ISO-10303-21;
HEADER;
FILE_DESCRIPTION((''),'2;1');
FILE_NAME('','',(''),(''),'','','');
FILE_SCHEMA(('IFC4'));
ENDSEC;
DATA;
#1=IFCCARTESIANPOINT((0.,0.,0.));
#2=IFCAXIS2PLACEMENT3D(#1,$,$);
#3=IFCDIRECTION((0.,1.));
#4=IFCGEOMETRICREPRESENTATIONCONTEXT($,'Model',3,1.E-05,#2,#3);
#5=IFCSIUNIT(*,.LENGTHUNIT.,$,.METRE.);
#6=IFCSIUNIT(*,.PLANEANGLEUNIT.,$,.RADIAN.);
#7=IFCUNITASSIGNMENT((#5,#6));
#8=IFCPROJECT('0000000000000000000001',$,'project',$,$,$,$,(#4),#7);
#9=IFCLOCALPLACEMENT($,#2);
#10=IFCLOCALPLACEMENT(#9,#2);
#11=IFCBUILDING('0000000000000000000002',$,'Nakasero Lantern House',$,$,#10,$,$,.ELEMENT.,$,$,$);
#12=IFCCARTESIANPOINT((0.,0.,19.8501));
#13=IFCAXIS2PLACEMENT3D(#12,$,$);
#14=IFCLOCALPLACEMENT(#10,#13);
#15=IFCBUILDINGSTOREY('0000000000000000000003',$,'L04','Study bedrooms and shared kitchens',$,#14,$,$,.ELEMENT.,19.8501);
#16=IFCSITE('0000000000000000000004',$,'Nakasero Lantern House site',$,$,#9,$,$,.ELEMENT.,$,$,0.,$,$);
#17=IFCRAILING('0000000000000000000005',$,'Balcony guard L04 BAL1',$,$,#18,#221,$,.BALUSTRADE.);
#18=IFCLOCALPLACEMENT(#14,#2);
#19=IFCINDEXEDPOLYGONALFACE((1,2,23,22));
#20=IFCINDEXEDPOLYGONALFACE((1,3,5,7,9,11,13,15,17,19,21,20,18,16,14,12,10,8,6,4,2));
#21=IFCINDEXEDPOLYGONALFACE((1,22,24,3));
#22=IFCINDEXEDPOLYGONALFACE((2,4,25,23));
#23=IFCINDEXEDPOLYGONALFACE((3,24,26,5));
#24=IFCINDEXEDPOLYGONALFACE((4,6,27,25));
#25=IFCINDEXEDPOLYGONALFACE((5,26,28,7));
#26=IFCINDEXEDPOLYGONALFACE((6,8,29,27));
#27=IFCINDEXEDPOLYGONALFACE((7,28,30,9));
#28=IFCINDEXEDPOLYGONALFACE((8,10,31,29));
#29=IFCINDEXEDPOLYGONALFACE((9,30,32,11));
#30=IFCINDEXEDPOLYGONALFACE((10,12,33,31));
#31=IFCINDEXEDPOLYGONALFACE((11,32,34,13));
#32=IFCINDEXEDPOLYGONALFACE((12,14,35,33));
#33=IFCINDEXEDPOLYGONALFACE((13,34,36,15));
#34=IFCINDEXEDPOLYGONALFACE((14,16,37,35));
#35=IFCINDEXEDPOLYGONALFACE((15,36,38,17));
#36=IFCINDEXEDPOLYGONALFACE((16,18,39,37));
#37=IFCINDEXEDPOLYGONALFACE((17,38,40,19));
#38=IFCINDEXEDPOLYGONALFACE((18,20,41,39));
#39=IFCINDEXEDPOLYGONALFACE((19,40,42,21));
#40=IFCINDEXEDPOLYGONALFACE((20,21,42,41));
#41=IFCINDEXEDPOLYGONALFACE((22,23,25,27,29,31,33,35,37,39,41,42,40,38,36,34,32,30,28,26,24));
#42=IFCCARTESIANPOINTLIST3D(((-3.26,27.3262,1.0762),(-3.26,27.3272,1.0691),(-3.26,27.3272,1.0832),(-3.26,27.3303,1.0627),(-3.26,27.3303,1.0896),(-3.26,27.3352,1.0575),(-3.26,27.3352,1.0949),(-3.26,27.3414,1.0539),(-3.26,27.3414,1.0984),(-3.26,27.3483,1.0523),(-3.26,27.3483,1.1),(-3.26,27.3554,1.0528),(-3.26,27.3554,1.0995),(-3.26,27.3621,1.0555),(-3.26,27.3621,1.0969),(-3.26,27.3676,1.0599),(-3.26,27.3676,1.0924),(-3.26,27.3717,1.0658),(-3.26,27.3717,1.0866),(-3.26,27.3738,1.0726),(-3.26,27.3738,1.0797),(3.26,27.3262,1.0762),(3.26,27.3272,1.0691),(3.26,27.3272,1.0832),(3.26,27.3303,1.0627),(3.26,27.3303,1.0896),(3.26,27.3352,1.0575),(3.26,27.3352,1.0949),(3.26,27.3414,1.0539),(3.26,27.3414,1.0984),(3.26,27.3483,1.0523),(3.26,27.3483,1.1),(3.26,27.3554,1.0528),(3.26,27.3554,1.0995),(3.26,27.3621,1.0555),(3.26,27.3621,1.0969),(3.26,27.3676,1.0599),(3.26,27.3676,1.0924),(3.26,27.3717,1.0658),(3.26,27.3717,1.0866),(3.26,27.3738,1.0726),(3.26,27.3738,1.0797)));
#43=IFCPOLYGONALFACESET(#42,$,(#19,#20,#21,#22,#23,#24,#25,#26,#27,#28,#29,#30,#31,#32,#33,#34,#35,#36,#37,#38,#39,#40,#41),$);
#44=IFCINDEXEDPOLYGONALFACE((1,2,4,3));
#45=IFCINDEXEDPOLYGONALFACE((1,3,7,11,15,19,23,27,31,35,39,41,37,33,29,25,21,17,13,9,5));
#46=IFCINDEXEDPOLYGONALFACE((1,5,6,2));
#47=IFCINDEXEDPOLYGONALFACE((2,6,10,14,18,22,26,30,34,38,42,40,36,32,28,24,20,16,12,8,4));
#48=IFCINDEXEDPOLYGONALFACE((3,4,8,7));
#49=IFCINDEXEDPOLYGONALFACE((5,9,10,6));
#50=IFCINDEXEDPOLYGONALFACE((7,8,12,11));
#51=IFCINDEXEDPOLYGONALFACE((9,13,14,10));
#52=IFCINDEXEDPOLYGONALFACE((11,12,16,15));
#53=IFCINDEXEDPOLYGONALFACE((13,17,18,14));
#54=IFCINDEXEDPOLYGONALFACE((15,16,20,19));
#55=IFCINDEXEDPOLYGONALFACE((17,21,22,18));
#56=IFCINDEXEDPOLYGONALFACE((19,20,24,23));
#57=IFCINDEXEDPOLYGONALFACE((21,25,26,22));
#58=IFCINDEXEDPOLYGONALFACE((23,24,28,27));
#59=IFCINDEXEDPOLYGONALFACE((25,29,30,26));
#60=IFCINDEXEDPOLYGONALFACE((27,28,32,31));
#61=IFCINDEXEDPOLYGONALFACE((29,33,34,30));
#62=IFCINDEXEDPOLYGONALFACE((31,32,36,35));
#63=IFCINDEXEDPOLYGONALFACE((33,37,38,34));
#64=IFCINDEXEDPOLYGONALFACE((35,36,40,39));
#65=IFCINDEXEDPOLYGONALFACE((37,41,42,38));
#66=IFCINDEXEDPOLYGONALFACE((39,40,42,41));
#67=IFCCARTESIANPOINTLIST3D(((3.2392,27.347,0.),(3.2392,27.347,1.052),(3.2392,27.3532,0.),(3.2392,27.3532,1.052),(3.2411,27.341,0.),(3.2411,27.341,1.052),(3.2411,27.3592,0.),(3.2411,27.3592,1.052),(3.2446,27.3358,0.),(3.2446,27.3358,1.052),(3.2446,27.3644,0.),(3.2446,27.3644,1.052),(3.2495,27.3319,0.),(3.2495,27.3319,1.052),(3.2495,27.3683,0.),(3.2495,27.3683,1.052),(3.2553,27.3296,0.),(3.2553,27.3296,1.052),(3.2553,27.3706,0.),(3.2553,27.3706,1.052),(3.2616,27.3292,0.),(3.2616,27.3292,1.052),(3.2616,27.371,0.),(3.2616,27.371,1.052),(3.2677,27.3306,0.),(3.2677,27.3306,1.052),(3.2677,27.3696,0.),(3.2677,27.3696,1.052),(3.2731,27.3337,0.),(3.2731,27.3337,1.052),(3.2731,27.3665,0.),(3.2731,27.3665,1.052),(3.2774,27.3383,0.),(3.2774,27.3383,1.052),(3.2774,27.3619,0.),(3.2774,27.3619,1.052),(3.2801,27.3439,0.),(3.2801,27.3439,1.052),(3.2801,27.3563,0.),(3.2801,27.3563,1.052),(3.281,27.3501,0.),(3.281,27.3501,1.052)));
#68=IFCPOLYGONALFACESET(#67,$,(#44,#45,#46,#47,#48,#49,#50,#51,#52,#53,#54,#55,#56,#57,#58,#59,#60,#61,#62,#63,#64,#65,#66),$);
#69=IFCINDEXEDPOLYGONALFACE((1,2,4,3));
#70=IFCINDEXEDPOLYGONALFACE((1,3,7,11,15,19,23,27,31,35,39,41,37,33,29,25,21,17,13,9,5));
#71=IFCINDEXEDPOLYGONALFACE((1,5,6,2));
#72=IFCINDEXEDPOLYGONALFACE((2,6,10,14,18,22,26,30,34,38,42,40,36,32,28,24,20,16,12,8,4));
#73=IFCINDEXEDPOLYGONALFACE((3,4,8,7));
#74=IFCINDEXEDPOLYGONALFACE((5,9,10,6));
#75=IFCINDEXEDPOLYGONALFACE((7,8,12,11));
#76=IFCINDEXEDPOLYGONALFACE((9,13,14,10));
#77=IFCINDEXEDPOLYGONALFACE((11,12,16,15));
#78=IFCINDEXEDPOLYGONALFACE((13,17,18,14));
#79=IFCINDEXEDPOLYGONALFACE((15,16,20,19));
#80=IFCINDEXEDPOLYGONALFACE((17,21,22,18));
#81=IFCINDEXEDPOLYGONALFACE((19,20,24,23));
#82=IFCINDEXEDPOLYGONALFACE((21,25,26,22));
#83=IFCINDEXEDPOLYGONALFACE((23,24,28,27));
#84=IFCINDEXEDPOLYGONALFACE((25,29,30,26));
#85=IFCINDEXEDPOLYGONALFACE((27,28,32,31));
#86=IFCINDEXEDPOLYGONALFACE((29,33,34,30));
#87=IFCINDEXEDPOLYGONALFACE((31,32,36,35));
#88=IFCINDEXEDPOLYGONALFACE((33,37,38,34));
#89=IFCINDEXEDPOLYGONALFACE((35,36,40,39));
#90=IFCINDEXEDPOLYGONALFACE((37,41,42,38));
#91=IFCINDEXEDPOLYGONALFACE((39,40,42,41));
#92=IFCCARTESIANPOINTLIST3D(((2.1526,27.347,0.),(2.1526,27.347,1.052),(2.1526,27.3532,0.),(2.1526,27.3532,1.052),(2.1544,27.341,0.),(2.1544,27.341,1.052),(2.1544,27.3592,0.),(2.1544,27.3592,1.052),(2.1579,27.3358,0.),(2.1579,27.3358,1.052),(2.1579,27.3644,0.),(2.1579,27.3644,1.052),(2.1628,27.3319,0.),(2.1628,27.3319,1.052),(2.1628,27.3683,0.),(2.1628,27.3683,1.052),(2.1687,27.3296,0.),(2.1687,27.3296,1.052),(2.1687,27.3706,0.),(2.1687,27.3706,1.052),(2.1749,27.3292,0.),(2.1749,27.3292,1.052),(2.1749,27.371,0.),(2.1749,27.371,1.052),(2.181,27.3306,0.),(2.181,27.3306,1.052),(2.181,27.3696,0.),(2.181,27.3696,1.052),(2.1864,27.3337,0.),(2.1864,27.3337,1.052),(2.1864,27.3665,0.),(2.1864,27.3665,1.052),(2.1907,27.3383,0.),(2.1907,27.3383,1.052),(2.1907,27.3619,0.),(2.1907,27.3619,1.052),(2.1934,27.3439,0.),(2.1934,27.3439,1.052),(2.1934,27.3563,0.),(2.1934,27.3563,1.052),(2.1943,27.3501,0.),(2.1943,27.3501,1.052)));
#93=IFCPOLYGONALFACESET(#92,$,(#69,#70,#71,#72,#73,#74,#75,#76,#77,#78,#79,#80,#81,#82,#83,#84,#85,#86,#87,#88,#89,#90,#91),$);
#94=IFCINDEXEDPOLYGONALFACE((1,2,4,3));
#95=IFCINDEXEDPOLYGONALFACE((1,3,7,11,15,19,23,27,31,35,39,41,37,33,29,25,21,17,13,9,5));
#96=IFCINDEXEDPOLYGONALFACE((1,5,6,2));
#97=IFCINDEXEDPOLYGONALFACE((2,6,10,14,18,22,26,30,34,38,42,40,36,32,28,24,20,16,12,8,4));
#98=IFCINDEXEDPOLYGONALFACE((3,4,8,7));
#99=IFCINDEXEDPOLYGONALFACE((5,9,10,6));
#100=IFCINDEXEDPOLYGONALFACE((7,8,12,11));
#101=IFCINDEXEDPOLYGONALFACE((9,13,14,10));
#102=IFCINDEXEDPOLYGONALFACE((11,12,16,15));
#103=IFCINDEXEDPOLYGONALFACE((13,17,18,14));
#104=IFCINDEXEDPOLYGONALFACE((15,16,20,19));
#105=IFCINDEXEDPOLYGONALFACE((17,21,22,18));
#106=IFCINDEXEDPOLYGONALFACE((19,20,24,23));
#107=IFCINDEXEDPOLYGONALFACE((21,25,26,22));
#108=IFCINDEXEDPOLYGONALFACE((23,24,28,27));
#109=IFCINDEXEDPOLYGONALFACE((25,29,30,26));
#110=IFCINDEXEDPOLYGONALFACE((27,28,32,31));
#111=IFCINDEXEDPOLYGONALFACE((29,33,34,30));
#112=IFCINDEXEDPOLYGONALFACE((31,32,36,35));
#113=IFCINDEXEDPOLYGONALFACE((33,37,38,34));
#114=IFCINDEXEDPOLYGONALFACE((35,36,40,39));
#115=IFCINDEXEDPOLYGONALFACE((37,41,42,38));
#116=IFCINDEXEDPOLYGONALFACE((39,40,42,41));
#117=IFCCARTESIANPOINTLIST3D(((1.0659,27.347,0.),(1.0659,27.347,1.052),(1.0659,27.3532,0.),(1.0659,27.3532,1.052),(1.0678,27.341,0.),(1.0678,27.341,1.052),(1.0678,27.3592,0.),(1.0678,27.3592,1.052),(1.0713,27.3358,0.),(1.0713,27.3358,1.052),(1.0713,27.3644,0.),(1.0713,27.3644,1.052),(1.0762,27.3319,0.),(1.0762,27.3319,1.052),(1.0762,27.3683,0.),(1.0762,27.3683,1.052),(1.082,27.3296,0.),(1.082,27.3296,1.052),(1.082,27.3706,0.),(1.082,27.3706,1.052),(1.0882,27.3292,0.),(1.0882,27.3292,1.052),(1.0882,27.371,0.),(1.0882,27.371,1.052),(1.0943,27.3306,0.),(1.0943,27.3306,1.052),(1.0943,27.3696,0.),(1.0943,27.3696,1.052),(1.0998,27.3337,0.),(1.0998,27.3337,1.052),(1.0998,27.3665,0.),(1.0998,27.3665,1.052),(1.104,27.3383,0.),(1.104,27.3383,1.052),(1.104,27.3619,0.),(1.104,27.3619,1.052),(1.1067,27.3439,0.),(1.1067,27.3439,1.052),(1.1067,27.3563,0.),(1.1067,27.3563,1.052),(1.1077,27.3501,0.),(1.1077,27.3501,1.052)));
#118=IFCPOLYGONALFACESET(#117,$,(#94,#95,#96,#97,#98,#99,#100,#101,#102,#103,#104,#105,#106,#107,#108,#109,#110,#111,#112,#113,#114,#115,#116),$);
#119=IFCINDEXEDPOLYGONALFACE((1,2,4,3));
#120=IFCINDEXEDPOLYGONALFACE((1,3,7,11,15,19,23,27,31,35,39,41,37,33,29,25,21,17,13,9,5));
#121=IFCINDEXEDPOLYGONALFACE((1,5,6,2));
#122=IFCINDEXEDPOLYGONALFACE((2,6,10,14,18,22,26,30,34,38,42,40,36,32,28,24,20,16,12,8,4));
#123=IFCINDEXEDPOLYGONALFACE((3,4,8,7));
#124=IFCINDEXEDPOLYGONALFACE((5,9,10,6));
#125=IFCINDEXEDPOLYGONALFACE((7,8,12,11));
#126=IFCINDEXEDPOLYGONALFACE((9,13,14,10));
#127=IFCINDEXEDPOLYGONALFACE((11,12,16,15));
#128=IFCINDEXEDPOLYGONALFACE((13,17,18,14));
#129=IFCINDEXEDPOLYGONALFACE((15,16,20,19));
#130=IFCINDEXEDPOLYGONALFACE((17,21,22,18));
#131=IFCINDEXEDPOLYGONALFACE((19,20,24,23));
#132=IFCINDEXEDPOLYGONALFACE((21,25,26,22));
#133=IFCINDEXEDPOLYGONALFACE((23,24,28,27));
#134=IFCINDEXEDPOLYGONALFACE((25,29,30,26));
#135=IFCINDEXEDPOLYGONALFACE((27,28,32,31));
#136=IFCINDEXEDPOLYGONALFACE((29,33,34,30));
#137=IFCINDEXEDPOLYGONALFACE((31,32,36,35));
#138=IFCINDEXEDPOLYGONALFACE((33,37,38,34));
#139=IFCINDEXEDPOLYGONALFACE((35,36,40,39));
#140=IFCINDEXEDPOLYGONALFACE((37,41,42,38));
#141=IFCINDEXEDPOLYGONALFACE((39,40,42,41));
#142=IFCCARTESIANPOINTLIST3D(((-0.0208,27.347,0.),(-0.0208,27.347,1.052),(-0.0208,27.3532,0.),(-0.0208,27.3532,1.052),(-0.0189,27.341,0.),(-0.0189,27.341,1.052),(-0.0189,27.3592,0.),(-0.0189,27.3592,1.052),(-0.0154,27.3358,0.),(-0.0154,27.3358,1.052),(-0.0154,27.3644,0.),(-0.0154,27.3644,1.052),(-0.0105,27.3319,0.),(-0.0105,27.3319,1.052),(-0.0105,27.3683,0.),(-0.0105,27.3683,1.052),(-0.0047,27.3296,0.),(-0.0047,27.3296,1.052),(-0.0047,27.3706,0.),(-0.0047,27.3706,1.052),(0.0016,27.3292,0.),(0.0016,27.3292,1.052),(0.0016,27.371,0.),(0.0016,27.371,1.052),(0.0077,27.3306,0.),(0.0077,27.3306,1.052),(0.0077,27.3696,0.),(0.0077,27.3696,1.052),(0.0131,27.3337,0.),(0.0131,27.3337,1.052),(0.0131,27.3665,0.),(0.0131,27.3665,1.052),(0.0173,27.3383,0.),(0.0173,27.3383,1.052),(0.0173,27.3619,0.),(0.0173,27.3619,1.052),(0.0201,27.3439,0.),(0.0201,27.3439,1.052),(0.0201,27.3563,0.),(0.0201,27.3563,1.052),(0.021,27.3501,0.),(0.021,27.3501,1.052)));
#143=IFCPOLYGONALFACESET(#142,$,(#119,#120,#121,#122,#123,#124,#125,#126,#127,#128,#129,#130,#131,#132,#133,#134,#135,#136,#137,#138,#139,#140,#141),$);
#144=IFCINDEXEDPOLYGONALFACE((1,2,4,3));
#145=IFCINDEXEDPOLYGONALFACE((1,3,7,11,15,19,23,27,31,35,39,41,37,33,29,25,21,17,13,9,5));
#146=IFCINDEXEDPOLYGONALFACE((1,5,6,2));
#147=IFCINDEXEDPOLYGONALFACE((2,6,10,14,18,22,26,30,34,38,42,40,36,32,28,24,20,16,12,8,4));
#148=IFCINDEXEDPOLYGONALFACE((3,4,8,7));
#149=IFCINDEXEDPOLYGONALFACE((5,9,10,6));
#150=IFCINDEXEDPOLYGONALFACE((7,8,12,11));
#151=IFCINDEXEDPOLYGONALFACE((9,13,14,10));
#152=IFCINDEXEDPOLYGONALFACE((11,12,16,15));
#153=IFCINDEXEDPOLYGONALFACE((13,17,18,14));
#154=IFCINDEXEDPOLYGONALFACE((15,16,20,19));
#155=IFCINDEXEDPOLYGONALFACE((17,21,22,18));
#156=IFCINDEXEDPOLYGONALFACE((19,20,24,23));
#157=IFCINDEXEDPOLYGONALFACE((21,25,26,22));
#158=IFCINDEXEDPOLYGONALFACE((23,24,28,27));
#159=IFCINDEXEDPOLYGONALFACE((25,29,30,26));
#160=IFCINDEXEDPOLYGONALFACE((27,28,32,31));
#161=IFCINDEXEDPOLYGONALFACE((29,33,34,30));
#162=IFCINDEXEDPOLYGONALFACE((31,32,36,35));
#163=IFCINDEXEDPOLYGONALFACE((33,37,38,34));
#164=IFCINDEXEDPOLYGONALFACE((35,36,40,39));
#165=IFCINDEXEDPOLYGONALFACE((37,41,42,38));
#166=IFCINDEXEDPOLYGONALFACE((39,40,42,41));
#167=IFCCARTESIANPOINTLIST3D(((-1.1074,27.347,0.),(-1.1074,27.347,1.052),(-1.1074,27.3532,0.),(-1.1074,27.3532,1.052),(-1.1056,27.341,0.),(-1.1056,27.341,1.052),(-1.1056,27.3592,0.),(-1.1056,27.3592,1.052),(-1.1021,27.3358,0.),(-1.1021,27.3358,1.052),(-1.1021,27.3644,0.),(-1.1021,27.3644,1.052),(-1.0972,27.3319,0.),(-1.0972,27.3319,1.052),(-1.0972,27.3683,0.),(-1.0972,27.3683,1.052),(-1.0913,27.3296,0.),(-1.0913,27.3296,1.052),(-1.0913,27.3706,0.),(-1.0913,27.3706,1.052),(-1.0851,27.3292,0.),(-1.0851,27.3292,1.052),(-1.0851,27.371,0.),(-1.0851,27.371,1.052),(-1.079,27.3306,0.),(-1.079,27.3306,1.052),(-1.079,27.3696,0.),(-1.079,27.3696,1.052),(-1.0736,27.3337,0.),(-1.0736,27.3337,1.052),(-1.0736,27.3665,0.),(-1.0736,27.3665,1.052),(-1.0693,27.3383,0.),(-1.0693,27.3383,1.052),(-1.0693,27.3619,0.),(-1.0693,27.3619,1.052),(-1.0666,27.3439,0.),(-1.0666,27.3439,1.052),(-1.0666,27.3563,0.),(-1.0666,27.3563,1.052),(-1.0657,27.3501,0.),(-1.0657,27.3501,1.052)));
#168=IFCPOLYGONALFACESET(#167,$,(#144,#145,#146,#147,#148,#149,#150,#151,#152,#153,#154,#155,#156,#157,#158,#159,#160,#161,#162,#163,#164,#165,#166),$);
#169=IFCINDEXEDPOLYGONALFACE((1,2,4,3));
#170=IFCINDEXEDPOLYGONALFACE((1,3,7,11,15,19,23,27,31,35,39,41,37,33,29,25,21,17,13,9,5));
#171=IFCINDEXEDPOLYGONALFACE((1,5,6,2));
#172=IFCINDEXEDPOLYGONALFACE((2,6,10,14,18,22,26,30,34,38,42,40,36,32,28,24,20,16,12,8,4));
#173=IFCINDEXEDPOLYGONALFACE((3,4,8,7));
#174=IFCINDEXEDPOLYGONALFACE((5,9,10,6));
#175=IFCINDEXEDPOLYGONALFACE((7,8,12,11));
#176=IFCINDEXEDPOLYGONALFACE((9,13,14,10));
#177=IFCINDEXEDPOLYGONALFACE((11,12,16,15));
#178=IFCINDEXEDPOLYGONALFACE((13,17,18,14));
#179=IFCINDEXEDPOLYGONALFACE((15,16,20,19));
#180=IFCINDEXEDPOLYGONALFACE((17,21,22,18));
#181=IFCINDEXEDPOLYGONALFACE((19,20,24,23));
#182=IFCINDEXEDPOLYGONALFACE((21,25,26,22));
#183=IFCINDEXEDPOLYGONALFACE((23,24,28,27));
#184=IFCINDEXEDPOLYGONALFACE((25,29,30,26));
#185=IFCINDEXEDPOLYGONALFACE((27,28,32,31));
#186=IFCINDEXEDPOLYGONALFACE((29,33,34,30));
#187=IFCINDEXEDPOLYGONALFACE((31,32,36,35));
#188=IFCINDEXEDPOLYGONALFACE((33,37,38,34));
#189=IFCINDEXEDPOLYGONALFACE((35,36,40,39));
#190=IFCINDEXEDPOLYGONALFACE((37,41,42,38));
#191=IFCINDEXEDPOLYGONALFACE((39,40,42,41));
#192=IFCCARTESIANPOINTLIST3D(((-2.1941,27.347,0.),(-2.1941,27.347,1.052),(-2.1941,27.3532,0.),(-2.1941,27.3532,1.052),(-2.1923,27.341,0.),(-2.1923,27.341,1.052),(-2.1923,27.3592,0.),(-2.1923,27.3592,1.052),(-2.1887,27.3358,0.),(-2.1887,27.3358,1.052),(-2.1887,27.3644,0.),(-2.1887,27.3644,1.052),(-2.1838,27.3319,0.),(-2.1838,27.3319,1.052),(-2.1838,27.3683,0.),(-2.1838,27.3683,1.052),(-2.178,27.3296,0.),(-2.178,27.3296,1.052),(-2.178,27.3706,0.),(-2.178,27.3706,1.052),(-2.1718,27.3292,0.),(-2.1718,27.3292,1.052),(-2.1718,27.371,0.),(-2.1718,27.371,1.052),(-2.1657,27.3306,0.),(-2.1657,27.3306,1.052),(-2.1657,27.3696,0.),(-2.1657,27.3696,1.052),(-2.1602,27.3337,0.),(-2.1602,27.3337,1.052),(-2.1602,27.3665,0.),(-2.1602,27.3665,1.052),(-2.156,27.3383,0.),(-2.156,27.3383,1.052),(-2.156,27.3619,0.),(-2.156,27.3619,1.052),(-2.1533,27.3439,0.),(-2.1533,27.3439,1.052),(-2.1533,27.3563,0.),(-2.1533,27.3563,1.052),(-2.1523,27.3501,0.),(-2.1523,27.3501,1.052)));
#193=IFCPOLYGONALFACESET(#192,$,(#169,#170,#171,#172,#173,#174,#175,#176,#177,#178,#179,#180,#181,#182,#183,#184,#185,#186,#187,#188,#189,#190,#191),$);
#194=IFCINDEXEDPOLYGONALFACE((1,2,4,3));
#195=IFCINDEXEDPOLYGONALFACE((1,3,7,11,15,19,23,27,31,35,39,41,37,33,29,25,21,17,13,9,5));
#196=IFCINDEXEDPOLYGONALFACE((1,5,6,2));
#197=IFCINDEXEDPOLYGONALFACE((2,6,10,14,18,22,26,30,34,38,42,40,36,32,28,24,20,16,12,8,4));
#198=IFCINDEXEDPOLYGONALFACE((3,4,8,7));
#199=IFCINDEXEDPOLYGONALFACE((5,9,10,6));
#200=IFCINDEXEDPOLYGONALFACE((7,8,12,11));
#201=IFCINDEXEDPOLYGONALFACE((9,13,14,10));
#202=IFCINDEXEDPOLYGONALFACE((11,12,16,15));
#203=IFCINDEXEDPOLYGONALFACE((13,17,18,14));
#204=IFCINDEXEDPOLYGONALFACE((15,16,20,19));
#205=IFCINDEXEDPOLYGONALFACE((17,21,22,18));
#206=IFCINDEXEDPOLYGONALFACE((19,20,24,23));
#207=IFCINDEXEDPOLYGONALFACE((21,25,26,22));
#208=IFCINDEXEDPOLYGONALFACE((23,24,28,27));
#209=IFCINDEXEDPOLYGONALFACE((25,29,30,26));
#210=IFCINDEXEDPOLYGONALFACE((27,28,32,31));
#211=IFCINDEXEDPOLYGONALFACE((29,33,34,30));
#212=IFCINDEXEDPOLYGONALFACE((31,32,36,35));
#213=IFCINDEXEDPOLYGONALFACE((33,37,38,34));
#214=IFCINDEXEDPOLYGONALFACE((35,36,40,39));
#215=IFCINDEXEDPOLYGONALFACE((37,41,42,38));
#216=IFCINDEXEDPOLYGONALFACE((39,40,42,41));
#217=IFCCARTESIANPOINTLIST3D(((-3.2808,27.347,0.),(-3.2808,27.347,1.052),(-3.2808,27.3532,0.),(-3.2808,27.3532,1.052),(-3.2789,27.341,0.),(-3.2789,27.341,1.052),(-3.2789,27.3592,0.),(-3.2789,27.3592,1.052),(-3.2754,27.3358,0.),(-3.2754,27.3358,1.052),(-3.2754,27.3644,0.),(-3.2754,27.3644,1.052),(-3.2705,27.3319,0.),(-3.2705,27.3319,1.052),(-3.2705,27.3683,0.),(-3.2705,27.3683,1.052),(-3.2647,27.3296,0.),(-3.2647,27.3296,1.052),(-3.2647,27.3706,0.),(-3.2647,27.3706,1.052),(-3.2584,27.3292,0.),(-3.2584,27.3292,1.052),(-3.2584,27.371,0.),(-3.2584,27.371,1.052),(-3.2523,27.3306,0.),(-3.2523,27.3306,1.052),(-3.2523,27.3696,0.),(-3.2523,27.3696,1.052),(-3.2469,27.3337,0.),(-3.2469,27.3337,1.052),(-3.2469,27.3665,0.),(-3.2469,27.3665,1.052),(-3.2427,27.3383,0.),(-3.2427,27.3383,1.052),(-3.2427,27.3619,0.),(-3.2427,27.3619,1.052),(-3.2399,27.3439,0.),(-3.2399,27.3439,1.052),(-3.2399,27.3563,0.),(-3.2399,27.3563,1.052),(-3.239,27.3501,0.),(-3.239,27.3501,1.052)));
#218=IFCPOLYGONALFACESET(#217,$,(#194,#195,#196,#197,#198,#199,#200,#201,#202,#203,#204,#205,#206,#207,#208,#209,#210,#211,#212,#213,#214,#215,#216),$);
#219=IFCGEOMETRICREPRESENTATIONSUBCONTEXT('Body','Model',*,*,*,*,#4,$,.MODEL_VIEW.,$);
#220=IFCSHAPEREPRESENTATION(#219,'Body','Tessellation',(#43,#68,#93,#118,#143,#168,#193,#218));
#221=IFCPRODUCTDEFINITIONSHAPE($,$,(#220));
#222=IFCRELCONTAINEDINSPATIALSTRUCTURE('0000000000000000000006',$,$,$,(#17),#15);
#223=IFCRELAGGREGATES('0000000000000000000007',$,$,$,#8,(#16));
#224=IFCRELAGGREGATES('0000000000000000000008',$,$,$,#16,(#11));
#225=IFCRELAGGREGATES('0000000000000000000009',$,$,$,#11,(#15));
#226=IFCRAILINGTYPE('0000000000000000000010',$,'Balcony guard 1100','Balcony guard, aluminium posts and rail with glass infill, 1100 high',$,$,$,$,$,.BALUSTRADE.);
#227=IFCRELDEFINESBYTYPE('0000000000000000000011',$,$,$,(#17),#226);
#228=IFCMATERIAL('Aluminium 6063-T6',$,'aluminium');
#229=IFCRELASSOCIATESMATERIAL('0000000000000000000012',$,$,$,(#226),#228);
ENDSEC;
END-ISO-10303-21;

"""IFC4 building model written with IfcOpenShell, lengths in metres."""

from ifc_helpers import new_model, si_unit, direction, frame, origin, origin_2d, place, context, subcontext, project, spatial, circle, extrude, material, type_object, element, save


model = new_model("IFC4")

# Units and contexts
model_context = context("Model", 3, precision=1e-05, world=origin(), true_north=direction((0.0, 1.0)))
body_context = subcontext(model_context, "Body", "Model", "MODEL_VIEW")
ifc_project = project(units=[si_unit("LENGTHUNIT", "METRE"), si_unit("PLANEANGLEUNIT", "RADIAN")], contexts=[model_context])

# Site, building, storey
site_placement = place(None, origin())
site = spatial("IfcSite", under=ifc_project, at=site_placement, Name="Nakasero Lantern House site", CompositionType="ELEMENT", RefElevation=0.0)
building_placement = place(site_placement, origin())
building = spatial("IfcBuilding", under=site, at=building_placement, Name="Nakasero Lantern House", CompositionType="ELEMENT")
storey_placement = place(building_placement, frame((0.0, 0.0, 19.8501)))
storey = spatial("IfcBuildingStorey", under=building, at=storey_placement, Name="L04", Description="Study bedrooms and shared kitchens", CompositionType="ELEMENT", Elevation=19.8501)

# Railing
ifc_material_1 = material(Name="Aluminium 6063-T6", Category="aluminium")
railing_type = type_object("IfcRailingType", Name="Balcony guard 1100", Description="Balcony guard, aluminium posts and rail with glass infill, 1100 high", PredefinedType="BALUSTRADE", material=ifc_material_1)
railing_placement = place(storey_placement, frame((3.26, 27.3501, 0.0)))
element("IfcRailing", 1, at=railing_placement, inside=storey, type_object=railing_type, Name="Balcony guard L04 BAL1", PredefinedType="BALUSTRADE", context=body_context, shape_type="SweptSolid", body=[
    extrude(circle(Radius=0.0239, at=origin_2d()), frame((0.0, 0.0, 1.0762), z_axis=(-1.0, 0.0, 0.0), x_axis=(0.0, -1.0, 0.0)), (0.0, 0.0, 1.0), 6.52),
    extrude(circle(Radius=0.021, at=origin_2d()), origin(), (0.0, 0.0, 1.0), 1.052),
    extrude(circle(Radius=0.021, at=origin_2d()), frame((-1.0867, 0.0, 0.0)), (0.0, 0.0, 1.0), 1.052),
    extrude(circle(Radius=0.021, at=origin_2d()), frame((-2.1733, 0.0, 0.0)), (0.0, 0.0, 1.0), 1.052),
    extrude(circle(Radius=0.021, at=origin_2d()), frame((-3.26, 0.0, 0.0)), (0.0, 0.0, 1.0), 1.052),
    extrude(circle(Radius=0.021, at=origin_2d()), frame((-4.3467, 0.0, 0.0)), (0.0, 0.0, 1.0), 1.052),
    extrude(circle(Radius=0.021, at=origin_2d()), frame((-5.4333, 0.0, 0.0)), (0.0, 0.0, 1.0), 1.052),
    extrude(circle(Radius=0.021, at=origin_2d()), frame((-6.52, 0.0, 0.0)), (0.0, 0.0, 1.0), 1.052),
])

save(model, "model.ifc")
